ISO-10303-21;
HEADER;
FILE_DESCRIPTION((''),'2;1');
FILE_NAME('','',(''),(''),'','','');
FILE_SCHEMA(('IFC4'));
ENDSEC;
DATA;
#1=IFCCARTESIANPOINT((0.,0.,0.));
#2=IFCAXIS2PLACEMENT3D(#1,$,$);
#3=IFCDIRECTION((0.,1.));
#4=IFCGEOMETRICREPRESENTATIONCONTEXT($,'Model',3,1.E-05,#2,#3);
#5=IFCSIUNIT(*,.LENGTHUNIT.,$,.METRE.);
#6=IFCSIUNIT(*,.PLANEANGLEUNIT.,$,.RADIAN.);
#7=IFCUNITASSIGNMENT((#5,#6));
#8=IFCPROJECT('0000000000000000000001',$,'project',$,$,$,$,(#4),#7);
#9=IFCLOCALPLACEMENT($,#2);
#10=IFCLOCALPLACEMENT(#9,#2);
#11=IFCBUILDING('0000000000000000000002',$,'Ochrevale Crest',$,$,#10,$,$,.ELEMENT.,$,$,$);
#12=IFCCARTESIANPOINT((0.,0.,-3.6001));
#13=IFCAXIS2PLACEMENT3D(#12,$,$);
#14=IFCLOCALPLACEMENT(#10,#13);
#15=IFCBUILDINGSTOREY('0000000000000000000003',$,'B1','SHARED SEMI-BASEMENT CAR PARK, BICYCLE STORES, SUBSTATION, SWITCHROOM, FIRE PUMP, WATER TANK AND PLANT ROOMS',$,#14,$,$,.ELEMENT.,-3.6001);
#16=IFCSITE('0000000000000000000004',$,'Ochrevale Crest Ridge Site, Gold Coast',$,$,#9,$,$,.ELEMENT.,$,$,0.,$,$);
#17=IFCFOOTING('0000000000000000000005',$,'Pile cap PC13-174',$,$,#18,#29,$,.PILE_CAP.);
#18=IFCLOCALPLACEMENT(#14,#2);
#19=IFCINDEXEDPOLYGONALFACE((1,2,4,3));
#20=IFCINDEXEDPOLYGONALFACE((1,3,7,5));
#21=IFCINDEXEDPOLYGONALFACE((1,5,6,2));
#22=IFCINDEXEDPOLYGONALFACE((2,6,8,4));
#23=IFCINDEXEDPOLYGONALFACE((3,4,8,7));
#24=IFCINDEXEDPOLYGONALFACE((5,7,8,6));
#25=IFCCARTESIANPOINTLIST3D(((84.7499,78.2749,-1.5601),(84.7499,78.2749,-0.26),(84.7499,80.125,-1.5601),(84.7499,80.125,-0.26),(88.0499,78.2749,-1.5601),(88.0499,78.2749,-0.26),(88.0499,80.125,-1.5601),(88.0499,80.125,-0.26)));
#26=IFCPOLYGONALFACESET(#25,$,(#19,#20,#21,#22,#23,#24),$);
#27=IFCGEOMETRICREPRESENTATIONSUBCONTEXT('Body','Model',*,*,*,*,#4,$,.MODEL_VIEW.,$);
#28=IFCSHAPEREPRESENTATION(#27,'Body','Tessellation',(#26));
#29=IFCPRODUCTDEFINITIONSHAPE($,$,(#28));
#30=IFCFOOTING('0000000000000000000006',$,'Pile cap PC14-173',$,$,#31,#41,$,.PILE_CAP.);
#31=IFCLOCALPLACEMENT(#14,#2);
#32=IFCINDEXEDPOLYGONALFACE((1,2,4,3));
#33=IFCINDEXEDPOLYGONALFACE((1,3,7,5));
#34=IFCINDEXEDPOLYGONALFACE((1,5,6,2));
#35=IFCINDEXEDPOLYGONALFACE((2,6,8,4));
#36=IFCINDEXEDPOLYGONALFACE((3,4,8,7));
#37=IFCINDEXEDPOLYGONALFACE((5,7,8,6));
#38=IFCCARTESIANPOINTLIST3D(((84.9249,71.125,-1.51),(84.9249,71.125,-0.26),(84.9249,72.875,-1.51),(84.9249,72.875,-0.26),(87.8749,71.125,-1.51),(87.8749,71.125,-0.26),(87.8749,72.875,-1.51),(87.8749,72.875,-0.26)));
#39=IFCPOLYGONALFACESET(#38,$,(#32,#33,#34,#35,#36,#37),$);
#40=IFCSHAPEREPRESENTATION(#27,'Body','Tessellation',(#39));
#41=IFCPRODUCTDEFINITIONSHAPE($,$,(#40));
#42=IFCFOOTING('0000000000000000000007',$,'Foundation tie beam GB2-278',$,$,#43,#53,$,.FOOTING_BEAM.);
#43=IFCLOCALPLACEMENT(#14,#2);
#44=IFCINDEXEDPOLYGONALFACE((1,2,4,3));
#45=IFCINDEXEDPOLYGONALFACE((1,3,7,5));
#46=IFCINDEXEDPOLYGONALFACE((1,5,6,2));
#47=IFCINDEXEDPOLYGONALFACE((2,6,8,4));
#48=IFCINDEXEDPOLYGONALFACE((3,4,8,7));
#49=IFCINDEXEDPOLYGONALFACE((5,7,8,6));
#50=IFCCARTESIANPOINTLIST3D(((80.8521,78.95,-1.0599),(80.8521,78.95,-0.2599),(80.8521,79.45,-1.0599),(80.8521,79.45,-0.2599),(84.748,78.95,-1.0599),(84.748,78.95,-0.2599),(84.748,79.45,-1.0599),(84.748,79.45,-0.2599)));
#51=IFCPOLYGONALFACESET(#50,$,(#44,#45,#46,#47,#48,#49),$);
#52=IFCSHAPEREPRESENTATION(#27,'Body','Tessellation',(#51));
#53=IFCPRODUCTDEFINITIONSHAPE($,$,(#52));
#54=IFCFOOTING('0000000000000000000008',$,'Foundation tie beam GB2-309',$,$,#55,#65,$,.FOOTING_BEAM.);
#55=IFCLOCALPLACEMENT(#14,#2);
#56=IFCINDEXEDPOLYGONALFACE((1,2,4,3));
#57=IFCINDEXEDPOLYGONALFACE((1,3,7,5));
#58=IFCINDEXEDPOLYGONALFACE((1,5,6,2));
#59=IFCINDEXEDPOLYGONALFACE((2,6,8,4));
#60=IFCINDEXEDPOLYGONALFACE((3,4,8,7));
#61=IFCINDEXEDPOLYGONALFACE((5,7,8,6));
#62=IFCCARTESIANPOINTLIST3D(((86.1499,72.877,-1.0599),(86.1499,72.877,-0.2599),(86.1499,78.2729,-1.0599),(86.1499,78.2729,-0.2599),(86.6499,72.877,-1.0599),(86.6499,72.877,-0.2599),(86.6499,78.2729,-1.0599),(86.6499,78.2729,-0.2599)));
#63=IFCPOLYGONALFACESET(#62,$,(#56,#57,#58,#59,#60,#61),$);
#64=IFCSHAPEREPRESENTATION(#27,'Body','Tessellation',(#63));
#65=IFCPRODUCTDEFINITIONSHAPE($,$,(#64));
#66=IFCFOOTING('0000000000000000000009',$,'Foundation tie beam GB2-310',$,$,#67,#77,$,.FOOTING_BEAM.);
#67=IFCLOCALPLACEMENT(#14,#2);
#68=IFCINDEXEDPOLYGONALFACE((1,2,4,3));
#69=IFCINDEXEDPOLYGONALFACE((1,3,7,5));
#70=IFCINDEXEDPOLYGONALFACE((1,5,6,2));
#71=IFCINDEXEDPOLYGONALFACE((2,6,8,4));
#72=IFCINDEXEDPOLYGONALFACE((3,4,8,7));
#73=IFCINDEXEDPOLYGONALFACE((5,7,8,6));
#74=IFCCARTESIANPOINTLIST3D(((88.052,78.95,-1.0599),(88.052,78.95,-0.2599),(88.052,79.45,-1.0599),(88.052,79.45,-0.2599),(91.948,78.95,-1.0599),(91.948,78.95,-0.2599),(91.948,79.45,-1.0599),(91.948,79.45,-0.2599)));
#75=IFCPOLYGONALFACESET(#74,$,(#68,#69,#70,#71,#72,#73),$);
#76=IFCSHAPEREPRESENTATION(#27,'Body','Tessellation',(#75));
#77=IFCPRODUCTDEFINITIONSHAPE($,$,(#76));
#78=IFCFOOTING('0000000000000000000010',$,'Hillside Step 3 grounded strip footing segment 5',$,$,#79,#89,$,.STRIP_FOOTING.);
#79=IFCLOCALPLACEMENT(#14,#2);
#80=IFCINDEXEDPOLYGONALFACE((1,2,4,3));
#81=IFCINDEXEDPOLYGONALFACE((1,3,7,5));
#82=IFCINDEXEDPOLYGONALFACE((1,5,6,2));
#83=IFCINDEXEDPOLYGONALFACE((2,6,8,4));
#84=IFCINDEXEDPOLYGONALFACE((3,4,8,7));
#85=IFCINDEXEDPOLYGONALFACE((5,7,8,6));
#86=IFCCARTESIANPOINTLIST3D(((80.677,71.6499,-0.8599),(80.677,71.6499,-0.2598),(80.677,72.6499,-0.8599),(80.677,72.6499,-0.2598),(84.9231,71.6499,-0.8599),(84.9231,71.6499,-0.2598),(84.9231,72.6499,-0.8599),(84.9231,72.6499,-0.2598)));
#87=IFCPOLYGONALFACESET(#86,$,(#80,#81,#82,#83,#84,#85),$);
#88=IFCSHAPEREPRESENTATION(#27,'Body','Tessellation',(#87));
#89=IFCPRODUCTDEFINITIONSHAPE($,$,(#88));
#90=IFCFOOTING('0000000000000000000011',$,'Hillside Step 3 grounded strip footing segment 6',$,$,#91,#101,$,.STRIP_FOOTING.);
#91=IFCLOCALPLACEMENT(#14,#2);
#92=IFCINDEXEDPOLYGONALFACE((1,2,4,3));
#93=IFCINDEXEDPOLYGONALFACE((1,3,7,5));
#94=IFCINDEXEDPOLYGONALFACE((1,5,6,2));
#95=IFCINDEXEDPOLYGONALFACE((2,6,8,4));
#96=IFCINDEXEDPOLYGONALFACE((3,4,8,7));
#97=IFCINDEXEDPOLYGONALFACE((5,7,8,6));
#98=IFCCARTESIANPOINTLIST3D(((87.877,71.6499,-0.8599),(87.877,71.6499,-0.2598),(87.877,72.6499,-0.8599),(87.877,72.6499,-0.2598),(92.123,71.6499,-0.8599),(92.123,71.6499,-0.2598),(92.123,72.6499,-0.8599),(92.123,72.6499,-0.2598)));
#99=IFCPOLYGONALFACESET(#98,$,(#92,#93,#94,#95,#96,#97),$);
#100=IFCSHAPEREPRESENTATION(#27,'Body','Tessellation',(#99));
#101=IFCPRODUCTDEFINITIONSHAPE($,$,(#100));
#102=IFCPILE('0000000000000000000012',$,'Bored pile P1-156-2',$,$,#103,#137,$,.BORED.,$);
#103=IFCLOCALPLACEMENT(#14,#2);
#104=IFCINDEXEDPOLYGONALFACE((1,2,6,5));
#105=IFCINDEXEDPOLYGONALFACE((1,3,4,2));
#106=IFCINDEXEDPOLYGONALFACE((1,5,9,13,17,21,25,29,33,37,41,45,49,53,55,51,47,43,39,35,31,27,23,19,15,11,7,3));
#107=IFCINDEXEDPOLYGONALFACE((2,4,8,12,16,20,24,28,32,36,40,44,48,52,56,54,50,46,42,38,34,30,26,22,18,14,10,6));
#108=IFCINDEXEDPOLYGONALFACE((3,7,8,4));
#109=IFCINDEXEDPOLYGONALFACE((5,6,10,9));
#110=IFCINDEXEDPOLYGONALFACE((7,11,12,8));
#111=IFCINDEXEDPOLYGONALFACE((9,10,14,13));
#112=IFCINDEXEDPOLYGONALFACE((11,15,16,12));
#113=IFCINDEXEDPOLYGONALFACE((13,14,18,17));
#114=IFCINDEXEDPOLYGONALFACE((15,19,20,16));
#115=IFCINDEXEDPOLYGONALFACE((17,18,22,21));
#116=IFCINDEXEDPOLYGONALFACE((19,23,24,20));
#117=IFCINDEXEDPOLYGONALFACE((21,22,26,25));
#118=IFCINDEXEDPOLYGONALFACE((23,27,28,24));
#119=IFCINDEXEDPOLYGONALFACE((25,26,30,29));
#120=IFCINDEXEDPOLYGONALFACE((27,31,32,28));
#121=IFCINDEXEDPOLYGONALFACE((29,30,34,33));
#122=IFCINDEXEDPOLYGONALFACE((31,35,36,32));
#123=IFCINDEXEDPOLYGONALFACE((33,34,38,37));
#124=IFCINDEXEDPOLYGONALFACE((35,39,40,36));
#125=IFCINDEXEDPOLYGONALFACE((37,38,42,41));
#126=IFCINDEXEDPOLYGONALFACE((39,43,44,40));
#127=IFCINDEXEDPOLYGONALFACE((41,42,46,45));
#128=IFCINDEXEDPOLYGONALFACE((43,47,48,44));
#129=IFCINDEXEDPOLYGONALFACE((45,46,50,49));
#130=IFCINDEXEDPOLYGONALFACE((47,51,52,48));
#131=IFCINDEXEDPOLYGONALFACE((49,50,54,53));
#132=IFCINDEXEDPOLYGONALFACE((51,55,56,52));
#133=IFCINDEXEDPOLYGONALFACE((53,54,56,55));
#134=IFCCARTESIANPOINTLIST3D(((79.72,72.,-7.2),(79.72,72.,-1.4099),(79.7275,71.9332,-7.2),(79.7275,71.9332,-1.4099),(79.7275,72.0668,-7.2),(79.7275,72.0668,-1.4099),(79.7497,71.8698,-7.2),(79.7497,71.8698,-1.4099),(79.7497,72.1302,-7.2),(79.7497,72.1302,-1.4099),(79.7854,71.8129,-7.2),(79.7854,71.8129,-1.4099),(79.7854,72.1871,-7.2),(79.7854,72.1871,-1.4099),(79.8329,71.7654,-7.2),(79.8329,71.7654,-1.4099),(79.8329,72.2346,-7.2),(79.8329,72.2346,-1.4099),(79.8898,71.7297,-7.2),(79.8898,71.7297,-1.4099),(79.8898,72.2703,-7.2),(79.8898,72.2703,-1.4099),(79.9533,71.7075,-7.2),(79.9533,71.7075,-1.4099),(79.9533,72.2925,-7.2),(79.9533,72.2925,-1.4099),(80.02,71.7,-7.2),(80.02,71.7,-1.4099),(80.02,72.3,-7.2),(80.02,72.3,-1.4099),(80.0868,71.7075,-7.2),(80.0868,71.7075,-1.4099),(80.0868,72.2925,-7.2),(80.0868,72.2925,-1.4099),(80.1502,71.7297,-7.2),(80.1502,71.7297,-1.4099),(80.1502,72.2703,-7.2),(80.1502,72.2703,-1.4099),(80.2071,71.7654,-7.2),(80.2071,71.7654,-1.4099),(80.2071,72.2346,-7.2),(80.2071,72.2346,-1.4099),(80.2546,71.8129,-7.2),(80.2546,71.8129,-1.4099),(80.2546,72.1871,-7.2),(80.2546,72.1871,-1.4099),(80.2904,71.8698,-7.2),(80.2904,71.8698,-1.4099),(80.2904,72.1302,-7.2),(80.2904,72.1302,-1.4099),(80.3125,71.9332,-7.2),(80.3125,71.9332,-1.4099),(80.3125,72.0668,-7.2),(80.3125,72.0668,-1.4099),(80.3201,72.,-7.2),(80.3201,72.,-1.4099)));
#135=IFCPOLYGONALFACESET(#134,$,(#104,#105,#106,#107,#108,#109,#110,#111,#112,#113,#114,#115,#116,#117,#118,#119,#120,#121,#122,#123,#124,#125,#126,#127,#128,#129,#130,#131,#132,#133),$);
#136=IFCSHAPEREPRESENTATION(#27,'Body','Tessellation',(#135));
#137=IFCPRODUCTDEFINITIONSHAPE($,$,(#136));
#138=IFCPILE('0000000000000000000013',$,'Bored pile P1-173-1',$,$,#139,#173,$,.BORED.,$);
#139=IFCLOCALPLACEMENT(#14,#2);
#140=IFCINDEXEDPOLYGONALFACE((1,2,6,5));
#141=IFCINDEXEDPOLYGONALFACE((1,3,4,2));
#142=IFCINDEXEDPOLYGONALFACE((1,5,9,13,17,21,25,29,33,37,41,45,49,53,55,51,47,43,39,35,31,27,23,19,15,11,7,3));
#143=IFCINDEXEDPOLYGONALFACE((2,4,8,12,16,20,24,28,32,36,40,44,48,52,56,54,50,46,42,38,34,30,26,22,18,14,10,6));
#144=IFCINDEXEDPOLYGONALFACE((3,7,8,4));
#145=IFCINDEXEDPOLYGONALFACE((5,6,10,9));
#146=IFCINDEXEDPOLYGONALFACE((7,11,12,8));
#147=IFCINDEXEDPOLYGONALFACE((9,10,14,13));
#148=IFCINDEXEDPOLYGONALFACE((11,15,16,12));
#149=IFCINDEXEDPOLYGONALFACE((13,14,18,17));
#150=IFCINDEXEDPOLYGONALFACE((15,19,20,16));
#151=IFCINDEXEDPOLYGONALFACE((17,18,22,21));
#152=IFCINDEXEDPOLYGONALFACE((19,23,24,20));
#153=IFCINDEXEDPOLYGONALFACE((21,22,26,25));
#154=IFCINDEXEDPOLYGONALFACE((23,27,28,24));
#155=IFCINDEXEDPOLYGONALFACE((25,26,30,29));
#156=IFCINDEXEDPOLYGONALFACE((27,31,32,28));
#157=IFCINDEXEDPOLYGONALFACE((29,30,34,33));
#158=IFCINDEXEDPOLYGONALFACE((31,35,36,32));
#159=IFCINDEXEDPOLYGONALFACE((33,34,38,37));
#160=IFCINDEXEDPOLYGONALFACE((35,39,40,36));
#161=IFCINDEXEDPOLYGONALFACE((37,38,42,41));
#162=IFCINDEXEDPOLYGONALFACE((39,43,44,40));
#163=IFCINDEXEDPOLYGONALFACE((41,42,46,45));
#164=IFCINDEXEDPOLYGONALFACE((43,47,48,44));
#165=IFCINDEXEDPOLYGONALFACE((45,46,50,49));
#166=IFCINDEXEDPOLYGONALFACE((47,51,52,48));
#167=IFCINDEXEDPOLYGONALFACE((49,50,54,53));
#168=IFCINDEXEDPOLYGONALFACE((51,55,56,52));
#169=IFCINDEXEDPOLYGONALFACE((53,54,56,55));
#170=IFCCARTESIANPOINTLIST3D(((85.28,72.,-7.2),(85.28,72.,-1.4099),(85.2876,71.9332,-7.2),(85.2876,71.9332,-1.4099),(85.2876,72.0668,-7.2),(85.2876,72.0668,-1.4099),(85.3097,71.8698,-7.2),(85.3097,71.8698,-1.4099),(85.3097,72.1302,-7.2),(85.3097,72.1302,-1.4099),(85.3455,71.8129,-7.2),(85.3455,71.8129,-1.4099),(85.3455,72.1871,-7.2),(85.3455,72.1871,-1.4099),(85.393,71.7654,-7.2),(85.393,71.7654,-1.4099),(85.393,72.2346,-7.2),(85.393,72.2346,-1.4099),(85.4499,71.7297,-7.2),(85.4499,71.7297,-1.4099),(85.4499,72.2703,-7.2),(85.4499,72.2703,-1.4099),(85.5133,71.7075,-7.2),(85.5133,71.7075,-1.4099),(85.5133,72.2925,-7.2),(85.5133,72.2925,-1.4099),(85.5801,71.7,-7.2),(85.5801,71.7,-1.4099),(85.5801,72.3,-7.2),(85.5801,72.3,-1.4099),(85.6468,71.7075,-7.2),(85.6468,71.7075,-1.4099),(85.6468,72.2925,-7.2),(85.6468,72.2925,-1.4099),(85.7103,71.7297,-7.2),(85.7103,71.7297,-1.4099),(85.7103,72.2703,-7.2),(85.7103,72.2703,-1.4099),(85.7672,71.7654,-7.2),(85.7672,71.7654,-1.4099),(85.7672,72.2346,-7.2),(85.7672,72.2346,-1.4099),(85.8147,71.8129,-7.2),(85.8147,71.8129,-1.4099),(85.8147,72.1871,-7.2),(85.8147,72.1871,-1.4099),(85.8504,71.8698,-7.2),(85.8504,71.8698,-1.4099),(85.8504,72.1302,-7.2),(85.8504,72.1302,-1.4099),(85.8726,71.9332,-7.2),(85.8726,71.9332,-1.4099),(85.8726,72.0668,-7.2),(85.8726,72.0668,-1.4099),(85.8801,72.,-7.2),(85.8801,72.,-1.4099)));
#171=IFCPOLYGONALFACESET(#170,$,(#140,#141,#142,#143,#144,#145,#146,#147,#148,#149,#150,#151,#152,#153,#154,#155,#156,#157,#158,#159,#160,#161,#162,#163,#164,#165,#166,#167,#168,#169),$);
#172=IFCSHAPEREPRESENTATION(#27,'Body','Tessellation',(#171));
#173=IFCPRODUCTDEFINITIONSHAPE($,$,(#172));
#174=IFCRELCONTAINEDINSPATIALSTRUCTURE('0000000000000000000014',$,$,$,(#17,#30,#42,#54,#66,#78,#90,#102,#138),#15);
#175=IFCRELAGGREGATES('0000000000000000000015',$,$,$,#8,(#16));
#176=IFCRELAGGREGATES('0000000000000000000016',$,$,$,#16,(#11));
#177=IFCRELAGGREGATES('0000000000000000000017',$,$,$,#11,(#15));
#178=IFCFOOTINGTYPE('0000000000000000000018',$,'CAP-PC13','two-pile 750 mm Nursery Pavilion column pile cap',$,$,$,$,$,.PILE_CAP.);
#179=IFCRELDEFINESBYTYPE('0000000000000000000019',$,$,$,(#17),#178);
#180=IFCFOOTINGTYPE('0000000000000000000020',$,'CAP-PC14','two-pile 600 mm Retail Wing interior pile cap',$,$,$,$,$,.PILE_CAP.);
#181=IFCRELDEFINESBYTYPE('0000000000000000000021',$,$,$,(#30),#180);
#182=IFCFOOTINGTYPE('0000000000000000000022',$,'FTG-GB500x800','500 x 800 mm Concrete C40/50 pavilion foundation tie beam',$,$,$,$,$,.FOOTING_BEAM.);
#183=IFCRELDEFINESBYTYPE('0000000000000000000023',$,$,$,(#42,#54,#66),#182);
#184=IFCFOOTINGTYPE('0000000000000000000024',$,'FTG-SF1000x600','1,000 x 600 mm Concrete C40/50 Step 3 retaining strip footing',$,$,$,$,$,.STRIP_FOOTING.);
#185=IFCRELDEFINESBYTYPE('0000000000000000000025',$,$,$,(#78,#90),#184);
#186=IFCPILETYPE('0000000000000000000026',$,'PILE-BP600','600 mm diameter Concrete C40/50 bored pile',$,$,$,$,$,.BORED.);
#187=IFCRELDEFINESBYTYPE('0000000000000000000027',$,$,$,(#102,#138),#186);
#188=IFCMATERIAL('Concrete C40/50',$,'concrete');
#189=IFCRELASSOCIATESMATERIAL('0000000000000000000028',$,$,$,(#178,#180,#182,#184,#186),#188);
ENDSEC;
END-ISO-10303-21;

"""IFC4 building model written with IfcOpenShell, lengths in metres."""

from ifc_helpers import new_model, si_unit, direction, frame, origin, origin_2d, place, context, subcontext, project, spatial, rectangle, circle, extrude, material, material_profile, profile_set, type_object, element, save


model = new_model("IFC4")

# Units and contexts
model_context = context("Model", 3, precision=1e-05, world=origin(), true_north=direction((0.0, 1.0)))
body_context = subcontext(model_context, "Body", "Model", "MODEL_VIEW")
ifc_project = project(units=[si_unit("LENGTHUNIT", "METRE"), si_unit("PLANEANGLEUNIT", "RADIAN")], contexts=[model_context])

# Site, building, storey
site_placement = place(None, origin())
site = spatial("IfcSite", under=ifc_project, at=site_placement, Name="Ochrevale Crest Ridge Site, Gold Coast", CompositionType="ELEMENT", RefElevation=0.0)
building_placement = place(site_placement, origin())
building = spatial("IfcBuilding", under=site, at=building_placement, Name="Ochrevale Crest", CompositionType="ELEMENT")
storey_placement = place(building_placement, frame((0.0, 0.0, -3.6001)))
storey = spatial("IfcBuildingStorey", under=building, at=storey_placement, Name="B1", Description="SHARED SEMI-BASEMENT CAR PARK, BICYCLE STORES, SUBSTATION, SWITCHROOM, FIRE PUMP, WATER TANK AND PLANT ROOMS", CompositionType="ELEMENT", Elevation=-3.6001)

# Footings
ifc_material_1 = material(Name="Concrete C40/50", Category="concrete")
footing_type_1 = type_object("IfcFootingType", Name="CAP-PC13", Description="two-pile 750 mm Nursery Pavilion column pile cap", PredefinedType="PILE_CAP", material=ifc_material_1)
footing_1_placement = place(storey_placement, frame((86.3999, 79.2, -1.5601), z_axis=(0.0, 0.0, 1.0), x_axis=(1.0, 0.0, 0.0)))
element("IfcFooting", 1, at=footing_1_placement, inside=storey, type_object=footing_type_1, Name="Pile cap PC13-174", PredefinedType="PILE_CAP", context=body_context, shape_type="SweptSolid", body=[
    extrude(rectangle(XDim=3.3, YDim=1.8501, at=origin_2d()), origin(), (0.0, 0.0, 1.0), 1.3),
])
footing_type_2 = type_object("IfcFootingType", Name="CAP-PC14", Description="two-pile 600 mm Retail Wing interior pile cap", PredefinedType="PILE_CAP", material=ifc_material_1)
footing_2_placement = place(storey_placement, frame((86.3999, 72.0, -1.51), z_axis=(0.0, 0.0, 1.0), x_axis=(1.0, 0.0, 0.0)))
element("IfcFooting", 2, at=footing_2_placement, inside=storey, type_object=footing_type_2, Name="Pile cap PC14-173", PredefinedType="PILE_CAP", context=body_context, shape_type="SweptSolid", body=[
    extrude(rectangle(XDim=2.95, YDim=1.75, at=origin_2d()), origin(), (0.0, 0.0, 1.0), 1.25),
])
ifc_material_profile_1 = material_profile(ifc_material_1, rectangle(XDim=0.5, YDim=0.8, at=origin_2d()), Name="GB 500x800")
ifc_profile_set_1 = profile_set([ifc_material_profile_1], Name="Concrete C40/50")
footing_type_3 = type_object("IfcFootingType", Name="FTG-GB500x800", Description="500 x 800 mm Concrete C40/50 pavilion foundation tie beam", PredefinedType="FOOTING_BEAM", material=ifc_profile_set_1)
footing_3_placement = place(storey_placement, frame((80.8521, 79.2, -0.6599), z_axis=(1.0, 0.0, 0.0), x_axis=(0.0, 1.0, 0.0)))
element("IfcFooting", 3, at=footing_3_placement, inside=storey, type_object=footing_type_3, Name="Foundation tie beam GB2-278", PredefinedType="FOOTING_BEAM", context=body_context, shape_type="SweptSolid", body=[
    extrude(rectangle(XDim=0.5, YDim=0.8, at=origin_2d()), origin(), (0.0, 0.0, 1.0), 3.896),
])
footing_4_placement = place(storey_placement, frame((86.3999, 72.877, -0.6599), z_axis=(0.0, 1.0, 0.0), x_axis=(-1.0, 0.0, 0.0)))
element("IfcFooting", 4, at=footing_4_placement, inside=storey, type_object=footing_type_3, Name="Foundation tie beam GB2-309", PredefinedType="FOOTING_BEAM", context=body_context, shape_type="SweptSolid", body=[
    extrude(rectangle(XDim=0.5, YDim=0.8, at=origin_2d()), origin(), (0.0, 0.0, 1.0), 5.396),
])
footing_5_placement = place(storey_placement, frame((88.052, 79.2, -0.6599), z_axis=(1.0, 0.0, 0.0), x_axis=(0.0, 1.0, 0.0)))
element("IfcFooting", 5, at=footing_5_placement, inside=storey, type_object=footing_type_3, Name="Foundation tie beam GB2-310", PredefinedType="FOOTING_BEAM", context=body_context, shape_type="SweptSolid", body=[
    extrude(rectangle(XDim=0.5, YDim=0.8, at=origin_2d()), origin(), (0.0, 0.0, 1.0), 3.896),
])
ifc_material_profile_2 = material_profile(ifc_material_1, rectangle(XDim=1.0, YDim=0.6001, at=origin_2d()), Name="SF 1000x600")
ifc_profile_set_2 = profile_set([ifc_material_profile_2], Name="Concrete C40/50")
footing_type_4 = type_object("IfcFootingType", Name="FTG-SF1000x600", Description="1,000 x 600 mm Concrete C40/50 Step 3 retaining strip footing", PredefinedType="STRIP_FOOTING", material=ifc_profile_set_2)
for number, where, z_axis, x_axis, name in (
    (6, (80.677, 72.1499, -0.5598), (1.0, 0.0, 0.0), (0.0, 1.0, 0.0), "Hillside Step 3 grounded strip footing segment 5"),
    (7, (87.877, 72.1499, -0.5598), (1.0, 0.0, 0.0), (0.0, 1.0, 0.0), "Hillside Step 3 grounded strip footing segment 6"),
):
    element("IfcFooting", number, at=place(storey_placement, frame(where, z_axis=z_axis, x_axis=x_axis)), inside=storey, type_object=footing_type_4, Name=name, PredefinedType="STRIP_FOOTING", context=body_context, shape_type="SweptSolid", body=[
        extrude(rectangle(XDim=1.0, YDim=0.6001, at=origin_2d()), origin(), (0.0, 0.0, 1.0), 4.2461),
    ])

# Piles
ifc_material_profile_3 = material_profile(ifc_material_1, circle(Radius=0.3, at=origin_2d()), Name="BORED PILE 600")
ifc_profile_set_3 = profile_set([ifc_material_profile_3], Name="Concrete C40/50")
pile_type_1 = type_object("IfcPileType", Name="PILE-BP600", Description="600 mm diameter Concrete C40/50 bored pile", PredefinedType="BORED", material=ifc_profile_set_3)
for number, where, z_axis, x_axis, name in (
    (8, (80.02, 72.0, -1.4099), (0.0, 0.0, -1.0), (1.0, 0.0, 0.0), "Bored pile P1-156-2"),
    (9, (85.5801, 72.0, -1.4099), (0.0, 0.0, -1.0), (1.0, 0.0, 0.0), "Bored pile P1-173-1"),
):
    element("IfcPile", number, at=place(storey_placement, frame(where, z_axis=z_axis, x_axis=x_axis)), inside=storey, type_object=pile_type_1, Name=name, PredefinedType="BORED", context=body_context, shape_type="SweptSolid", body=[
        extrude(circle(Radius=0.3, at=origin_2d()), origin(), (0.0, 0.0, 1.0), 5.79),
    ])

save(model, "model.ifc")
